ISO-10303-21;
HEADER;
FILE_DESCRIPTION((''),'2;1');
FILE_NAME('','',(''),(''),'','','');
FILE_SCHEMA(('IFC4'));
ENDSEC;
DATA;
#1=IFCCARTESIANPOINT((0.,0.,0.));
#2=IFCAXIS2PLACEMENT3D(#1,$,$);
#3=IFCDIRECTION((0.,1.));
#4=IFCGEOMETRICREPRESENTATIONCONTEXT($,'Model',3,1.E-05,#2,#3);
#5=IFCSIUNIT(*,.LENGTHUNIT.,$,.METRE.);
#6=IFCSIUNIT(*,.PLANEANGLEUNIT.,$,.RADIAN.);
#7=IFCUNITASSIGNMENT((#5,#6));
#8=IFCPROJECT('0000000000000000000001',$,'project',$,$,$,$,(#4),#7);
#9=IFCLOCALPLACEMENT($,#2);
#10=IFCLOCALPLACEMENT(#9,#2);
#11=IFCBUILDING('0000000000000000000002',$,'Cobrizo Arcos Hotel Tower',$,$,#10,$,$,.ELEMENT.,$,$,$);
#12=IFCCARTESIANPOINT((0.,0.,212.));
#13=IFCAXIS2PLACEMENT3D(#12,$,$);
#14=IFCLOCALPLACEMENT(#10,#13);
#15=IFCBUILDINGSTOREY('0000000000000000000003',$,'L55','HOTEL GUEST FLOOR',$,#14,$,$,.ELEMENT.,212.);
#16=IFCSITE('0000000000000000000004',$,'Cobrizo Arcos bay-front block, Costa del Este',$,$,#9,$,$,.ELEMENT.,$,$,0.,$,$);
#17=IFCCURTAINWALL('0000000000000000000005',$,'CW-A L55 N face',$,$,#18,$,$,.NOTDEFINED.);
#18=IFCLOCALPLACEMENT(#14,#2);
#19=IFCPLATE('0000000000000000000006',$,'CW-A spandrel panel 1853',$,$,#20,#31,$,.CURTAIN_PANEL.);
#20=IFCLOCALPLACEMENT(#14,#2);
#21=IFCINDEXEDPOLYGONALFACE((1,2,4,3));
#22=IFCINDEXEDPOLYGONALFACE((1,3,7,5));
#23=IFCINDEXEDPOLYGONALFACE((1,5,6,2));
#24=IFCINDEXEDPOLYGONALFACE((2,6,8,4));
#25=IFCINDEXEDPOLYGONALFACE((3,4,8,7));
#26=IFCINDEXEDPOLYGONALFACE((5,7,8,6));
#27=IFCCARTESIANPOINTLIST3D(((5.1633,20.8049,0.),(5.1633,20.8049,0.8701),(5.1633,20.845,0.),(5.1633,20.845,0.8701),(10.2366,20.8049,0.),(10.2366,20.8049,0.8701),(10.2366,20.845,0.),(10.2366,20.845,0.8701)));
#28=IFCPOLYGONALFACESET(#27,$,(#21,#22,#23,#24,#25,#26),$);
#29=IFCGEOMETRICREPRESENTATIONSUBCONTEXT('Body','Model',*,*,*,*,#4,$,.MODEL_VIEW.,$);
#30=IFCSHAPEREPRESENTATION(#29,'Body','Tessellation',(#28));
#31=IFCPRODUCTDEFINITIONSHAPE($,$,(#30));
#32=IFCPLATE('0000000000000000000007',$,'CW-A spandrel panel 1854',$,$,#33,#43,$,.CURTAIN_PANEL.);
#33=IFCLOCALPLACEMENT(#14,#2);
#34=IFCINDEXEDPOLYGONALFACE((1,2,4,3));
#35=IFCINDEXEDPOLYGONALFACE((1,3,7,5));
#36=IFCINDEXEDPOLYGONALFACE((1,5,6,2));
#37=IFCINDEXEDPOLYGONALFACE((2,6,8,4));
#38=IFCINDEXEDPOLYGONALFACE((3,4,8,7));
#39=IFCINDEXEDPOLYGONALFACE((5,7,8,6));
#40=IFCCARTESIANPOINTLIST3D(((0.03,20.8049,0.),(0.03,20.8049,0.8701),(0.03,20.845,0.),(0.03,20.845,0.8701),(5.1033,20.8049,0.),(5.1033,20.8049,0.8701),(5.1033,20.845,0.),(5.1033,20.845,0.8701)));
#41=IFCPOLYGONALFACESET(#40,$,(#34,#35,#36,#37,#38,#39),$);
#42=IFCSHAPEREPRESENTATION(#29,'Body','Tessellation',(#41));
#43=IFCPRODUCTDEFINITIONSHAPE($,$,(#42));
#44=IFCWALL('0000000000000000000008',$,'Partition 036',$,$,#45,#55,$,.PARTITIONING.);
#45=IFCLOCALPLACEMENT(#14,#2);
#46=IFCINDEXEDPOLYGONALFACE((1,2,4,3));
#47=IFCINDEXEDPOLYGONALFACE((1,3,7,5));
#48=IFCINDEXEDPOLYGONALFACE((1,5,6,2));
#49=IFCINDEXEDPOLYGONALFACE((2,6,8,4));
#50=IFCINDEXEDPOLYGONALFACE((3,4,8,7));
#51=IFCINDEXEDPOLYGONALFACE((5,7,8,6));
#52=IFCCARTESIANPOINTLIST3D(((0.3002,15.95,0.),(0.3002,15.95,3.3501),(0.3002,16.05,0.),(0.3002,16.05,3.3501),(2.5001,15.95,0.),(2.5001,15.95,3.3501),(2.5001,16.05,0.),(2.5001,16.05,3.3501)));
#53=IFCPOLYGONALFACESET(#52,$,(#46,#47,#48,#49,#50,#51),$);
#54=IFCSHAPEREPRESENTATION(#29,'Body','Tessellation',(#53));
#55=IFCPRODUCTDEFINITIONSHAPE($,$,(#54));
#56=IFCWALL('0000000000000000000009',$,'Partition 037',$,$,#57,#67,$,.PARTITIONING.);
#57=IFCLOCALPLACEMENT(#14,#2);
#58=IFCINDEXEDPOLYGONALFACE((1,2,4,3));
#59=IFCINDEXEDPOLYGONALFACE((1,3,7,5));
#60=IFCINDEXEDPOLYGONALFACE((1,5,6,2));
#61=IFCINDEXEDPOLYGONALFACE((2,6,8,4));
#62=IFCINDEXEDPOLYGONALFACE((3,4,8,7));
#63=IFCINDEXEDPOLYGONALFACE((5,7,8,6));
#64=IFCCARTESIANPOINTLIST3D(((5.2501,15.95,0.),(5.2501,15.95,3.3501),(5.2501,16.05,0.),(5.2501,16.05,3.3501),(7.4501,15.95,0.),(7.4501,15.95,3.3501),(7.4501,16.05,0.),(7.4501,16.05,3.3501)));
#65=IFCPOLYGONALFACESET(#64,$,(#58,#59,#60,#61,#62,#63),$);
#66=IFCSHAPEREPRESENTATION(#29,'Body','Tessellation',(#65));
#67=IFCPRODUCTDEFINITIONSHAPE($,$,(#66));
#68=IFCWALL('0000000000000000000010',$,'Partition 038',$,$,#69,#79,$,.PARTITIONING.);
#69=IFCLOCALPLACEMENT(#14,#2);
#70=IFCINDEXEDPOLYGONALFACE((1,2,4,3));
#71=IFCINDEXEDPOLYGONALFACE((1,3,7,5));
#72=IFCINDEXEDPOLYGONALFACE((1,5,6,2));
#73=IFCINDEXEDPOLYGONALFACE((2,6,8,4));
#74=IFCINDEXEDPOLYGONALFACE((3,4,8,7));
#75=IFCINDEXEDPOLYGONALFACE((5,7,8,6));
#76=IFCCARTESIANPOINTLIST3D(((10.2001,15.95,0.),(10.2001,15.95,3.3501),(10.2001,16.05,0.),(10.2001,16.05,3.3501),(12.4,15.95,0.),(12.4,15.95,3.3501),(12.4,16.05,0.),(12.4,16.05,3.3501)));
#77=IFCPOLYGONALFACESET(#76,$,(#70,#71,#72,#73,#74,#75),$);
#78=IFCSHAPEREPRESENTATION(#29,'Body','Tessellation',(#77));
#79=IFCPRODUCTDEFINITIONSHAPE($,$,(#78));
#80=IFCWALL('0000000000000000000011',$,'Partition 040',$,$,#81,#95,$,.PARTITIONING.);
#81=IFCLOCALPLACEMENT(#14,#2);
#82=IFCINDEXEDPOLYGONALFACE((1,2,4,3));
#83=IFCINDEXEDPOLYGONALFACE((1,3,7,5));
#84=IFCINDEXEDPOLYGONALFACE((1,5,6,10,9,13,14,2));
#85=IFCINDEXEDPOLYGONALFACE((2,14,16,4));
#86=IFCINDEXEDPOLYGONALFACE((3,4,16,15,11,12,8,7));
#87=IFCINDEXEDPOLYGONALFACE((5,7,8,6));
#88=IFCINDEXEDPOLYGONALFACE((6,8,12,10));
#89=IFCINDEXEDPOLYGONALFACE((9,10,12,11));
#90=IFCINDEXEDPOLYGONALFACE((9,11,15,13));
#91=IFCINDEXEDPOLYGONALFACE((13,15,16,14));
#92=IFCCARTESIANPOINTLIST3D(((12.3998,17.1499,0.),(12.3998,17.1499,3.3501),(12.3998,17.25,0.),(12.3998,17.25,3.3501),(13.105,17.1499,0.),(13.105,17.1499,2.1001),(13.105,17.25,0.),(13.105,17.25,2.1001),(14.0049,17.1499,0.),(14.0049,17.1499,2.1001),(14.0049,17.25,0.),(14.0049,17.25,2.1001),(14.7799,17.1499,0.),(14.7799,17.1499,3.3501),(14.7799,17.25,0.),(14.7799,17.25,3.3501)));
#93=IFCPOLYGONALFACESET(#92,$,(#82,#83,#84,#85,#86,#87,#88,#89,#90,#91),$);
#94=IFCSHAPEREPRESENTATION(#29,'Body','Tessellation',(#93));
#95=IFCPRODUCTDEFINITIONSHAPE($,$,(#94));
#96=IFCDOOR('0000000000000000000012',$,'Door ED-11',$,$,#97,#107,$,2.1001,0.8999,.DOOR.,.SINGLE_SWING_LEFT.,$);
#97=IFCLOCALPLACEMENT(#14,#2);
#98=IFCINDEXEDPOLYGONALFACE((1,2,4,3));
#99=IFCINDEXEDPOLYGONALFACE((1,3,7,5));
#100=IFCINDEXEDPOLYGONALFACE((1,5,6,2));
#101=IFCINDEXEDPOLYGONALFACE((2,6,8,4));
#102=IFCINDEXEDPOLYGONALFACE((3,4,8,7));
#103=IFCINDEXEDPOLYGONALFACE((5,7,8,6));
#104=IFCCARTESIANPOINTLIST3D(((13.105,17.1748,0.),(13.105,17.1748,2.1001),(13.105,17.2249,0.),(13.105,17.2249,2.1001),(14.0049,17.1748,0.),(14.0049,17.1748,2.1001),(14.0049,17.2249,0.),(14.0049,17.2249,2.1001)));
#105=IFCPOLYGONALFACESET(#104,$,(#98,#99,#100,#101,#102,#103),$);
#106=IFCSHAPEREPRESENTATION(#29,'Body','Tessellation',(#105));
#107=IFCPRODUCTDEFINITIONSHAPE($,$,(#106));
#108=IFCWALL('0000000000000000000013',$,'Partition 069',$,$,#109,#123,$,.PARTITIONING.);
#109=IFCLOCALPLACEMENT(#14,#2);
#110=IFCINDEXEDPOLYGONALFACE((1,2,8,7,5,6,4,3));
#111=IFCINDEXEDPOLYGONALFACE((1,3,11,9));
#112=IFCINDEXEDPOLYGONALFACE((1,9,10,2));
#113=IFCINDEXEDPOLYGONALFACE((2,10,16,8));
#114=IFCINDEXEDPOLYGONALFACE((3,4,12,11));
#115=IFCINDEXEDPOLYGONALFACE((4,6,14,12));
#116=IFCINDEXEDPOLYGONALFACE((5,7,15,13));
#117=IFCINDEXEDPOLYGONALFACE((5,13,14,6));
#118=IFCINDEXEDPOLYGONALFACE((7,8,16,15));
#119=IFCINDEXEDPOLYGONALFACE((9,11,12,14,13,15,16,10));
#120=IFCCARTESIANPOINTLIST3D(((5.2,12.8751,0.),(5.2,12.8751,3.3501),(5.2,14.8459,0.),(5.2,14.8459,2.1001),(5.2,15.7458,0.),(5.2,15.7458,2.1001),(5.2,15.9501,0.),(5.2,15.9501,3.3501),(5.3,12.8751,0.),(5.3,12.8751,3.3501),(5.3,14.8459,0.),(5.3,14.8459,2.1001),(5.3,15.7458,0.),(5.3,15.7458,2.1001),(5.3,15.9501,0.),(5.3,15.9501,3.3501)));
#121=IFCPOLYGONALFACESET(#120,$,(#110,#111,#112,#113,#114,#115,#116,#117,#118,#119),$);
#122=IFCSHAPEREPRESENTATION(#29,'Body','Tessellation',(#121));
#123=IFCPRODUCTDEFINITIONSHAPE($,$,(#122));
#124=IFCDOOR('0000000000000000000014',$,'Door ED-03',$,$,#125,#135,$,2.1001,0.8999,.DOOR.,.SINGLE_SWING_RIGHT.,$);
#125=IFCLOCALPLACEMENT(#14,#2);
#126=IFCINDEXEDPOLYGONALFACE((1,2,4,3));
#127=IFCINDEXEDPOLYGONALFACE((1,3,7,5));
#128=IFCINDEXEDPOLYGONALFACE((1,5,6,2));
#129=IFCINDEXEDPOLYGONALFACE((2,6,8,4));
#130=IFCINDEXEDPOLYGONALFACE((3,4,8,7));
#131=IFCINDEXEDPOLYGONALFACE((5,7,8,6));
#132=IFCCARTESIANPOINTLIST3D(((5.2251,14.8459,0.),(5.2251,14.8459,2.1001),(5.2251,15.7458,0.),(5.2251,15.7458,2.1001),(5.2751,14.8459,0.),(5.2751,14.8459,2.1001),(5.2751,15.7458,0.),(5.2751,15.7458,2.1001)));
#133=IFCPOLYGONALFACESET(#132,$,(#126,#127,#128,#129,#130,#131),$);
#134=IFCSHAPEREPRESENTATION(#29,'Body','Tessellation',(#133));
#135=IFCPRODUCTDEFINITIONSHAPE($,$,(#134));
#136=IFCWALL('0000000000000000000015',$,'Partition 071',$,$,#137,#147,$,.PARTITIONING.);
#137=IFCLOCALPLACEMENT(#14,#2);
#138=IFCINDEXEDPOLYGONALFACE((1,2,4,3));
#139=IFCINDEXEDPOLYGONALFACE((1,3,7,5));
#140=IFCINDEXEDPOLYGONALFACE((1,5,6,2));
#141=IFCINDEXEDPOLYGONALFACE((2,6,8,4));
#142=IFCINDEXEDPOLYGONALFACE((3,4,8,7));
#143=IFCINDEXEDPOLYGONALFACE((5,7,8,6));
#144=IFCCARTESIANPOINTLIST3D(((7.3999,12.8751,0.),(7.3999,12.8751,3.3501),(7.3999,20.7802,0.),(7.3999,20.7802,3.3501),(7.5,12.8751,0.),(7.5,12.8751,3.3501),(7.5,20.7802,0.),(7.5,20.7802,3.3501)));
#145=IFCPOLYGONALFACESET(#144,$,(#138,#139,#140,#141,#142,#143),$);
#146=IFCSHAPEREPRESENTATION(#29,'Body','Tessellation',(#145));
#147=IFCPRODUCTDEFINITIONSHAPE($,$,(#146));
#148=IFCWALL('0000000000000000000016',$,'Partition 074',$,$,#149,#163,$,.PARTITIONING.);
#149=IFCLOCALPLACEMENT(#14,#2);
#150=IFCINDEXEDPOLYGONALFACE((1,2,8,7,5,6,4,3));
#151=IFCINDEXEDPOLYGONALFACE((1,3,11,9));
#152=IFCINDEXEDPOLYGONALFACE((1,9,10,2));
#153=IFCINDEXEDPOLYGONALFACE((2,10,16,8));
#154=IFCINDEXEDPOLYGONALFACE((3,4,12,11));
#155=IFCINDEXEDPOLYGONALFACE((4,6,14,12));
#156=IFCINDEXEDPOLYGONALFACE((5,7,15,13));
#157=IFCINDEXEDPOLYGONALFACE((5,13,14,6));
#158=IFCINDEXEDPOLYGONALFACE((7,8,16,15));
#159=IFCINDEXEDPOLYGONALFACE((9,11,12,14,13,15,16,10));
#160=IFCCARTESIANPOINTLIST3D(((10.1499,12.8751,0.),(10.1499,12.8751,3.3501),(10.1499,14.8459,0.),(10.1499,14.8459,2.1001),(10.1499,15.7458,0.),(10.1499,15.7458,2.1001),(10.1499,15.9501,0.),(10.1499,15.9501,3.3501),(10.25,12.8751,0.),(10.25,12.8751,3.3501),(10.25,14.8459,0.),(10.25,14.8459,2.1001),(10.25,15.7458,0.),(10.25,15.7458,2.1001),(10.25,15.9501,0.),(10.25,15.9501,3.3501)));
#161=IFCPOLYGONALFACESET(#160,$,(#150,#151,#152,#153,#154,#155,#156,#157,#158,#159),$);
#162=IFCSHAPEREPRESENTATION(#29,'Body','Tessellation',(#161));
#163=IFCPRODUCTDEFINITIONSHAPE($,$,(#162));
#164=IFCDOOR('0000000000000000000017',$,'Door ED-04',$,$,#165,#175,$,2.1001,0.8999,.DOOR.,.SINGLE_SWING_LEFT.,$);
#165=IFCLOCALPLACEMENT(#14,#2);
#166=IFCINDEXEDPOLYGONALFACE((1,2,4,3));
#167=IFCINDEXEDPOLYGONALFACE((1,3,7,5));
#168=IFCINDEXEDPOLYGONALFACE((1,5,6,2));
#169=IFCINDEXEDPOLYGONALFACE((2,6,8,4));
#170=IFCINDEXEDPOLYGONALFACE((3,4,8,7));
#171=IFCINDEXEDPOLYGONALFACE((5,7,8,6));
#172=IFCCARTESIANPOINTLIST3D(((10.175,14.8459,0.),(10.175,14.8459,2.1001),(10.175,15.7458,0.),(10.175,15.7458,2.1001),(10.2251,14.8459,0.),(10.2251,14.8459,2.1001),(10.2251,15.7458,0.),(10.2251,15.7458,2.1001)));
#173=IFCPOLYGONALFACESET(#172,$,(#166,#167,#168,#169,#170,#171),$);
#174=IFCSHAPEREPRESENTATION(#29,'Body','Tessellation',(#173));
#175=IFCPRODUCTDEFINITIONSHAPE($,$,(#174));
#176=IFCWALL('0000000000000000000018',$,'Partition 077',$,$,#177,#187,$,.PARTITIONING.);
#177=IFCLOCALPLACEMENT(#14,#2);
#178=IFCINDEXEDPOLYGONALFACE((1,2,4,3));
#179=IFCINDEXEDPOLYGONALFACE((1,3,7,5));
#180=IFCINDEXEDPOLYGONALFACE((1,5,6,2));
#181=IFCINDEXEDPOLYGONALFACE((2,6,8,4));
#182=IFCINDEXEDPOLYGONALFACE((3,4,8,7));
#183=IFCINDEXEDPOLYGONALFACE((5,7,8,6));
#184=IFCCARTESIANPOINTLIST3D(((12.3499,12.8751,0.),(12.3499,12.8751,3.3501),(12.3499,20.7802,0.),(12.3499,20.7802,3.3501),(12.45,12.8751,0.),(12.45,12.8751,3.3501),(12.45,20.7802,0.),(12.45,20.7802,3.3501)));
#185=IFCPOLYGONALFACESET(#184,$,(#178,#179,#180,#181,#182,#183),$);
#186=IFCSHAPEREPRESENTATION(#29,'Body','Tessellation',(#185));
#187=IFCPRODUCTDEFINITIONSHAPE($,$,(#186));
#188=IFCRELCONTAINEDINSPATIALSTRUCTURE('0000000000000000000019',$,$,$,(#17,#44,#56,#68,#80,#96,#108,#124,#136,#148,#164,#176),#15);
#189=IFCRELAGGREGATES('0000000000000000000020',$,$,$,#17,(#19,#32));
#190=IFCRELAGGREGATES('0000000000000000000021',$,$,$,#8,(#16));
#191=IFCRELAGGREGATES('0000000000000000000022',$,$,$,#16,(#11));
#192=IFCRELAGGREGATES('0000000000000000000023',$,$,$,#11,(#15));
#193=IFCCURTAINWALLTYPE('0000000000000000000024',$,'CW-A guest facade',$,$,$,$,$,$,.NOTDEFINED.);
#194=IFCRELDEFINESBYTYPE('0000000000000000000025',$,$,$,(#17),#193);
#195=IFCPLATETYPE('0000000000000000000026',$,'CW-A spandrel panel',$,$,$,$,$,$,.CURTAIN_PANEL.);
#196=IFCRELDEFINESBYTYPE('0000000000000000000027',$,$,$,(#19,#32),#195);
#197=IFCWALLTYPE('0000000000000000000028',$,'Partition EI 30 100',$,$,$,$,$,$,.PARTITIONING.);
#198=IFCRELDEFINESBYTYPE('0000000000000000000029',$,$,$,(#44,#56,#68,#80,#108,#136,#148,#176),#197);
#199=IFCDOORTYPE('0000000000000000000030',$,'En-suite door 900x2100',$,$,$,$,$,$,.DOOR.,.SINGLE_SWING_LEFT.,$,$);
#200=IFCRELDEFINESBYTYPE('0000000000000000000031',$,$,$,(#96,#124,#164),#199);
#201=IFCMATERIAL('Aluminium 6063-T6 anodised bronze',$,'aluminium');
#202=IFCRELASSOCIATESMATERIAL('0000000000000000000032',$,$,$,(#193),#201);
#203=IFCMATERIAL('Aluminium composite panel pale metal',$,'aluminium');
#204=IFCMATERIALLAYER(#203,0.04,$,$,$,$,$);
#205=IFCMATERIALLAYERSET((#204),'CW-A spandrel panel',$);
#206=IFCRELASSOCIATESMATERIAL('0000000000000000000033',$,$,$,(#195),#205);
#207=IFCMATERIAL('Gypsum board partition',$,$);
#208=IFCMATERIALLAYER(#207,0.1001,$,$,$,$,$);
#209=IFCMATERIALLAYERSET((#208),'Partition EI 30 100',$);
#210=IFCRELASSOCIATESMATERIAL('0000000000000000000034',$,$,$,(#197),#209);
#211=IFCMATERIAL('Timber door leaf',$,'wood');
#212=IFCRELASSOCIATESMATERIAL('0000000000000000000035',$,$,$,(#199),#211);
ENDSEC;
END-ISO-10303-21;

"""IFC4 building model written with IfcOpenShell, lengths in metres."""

from ifc_helpers import new_model, si_unit, direction, frame, frame_2d, origin, origin_2d, place, context, subcontext, project, spatial, rectangle, extrude, material, layer, layer_set, type_object, element, fill, aggregate, save


model = new_model("IFC4")

# Units and contexts
model_context = context("Model", 3, precision=1e-05, world=origin(), true_north=direction((0.0, 1.0)))
body_context = subcontext(model_context, "Body", "Model", "MODEL_VIEW")
ifc_project = project(units=[si_unit("LENGTHUNIT", "METRE"), si_unit("PLANEANGLEUNIT", "RADIAN")], contexts=[model_context])

# Site, building, storey
site_placement = place(None, origin())
site = spatial("IfcSite", under=ifc_project, at=site_placement, Name="Cobrizo Arcos bay-front block, Costa del Este", CompositionType="ELEMENT", RefElevation=0.0)
building_placement = place(site_placement, origin())
building = spatial("IfcBuilding", under=site, at=building_placement, Name="Cobrizo Arcos Hotel Tower", CompositionType="ELEMENT")
storey_placement = place(building_placement, frame((0.0, 0.0, 212.0)))
storey = spatial("IfcBuildingStorey", under=building, at=storey_placement, Name="L55", Description="HOTEL GUEST FLOOR", CompositionType="ELEMENT", Elevation=212.0)

# Curtain wall
ifc_material_1 = material(Name="Aluminium 6063-T6 anodised bronze", Category="aluminium")
curtain_wall_type = type_object("IfcCurtainWallType", Name="CW-A guest facade", PredefinedType="NOTDEFINED", material=ifc_material_1)
curtain_wall_placement = place(storey_placement, origin())
curtain_wall = element("IfcCurtainWall", 1, at=curtain_wall_placement, inside=storey, type_object=curtain_wall_type, Name="CW-A L55 N face", PredefinedType="NOTDEFINED")

# Plates
ifc_material_2 = material(Name="Aluminium composite panel pale metal", Category="aluminium")
ifc_layer_1 = layer(ifc_material_2, 0.04)
ifc_layer_set_1 = layer_set([ifc_layer_1], Name="CW-A spandrel panel")
plate_type_1 = type_object("IfcPlateType", Name="CW-A spandrel panel", PredefinedType="CURTAIN_PANEL", material=ifc_layer_set_1)
plate_1_placement = place(storey_placement, frame((7.7, 20.825, 0.0), z_axis=(0.0, 0.0, 1.0), x_axis=(-1.0, 0.0, 0.0)))
plate_1 = element("IfcPlate", 2, at=plate_1_placement, type_object=plate_type_1, Name="CW-A spandrel panel 1853", PredefinedType="CURTAIN_PANEL", context=body_context, shape_type="SweptSolid", body=[
    extrude(rectangle(XDim=5.0732, YDim=0.04, at=origin_2d()), origin(), (0.0, 0.0, 1.0), 0.8701),
])
plate_2_placement = place(storey_placement, frame((2.5667, 20.825, 0.0), z_axis=(0.0, 0.0, 1.0), x_axis=(-1.0, 0.0, 0.0)))
plate_2 = element("IfcPlate", 3, at=plate_2_placement, type_object=plate_type_1, Name="CW-A spandrel panel 1854", PredefinedType="CURTAIN_PANEL", context=body_context, shape_type="SweptSolid", body=[
    extrude(rectangle(XDim=5.0732, YDim=0.04, at=origin_2d()), origin(), (0.0, 0.0, 1.0), 0.8701),
])
aggregate(curtain_wall, [plate_1, plate_2])

# Walls
ifc_material_3 = material(Name="Gypsum board partition")
ifc_layer_2 = layer(ifc_material_3, 0.1001)
ifc_layer_set_2 = layer_set([ifc_layer_2], Name="Partition EI 30 100")
wall_type = type_object("IfcWallType", Name="Partition EI 30 100", PredefinedType="PARTITIONING", material=ifc_layer_set_2)
for number, where, z_axis, x_axis, name in (
    (4, (0.3, 16.0, 0.0), (0.0, 0.0, 1.0), (1.0, 0.0, 0.0), "Partition 036"),
    (5, (5.25, 16.0, 0.0), (0.0, 0.0, 1.0), (1.0, 0.0, 0.0), "Partition 037"),
    (6, (10.2, 16.0, 0.0), (0.0, 0.0, 1.0), (1.0, 0.0, 0.0), "Partition 038"),
):
    element("IfcWall", number, at=place(storey_placement, frame(where, z_axis=z_axis, x_axis=x_axis)), inside=storey, type_object=wall_type, Name=name, PredefinedType="PARTITIONING", context=body_context, shape_type="SweptSolid", body=[
        extrude(rectangle(XDim=2.2, YDim=0.1001, at=frame_2d((1.1001, 0.0))), origin(), (0.0, 0.0, 1.0), 3.3501),
    ])

# Walls, openings, doors
wall_1_placement = place(storey_placement, frame((12.3999, 17.2, 0.0), z_axis=(0.0, 0.0, 1.0), x_axis=(1.0, 0.0, 0.0)))
wall_1 = element("IfcWall", 7, at=wall_1_placement, inside=storey, type_object=wall_type, Name="Partition 040", PredefinedType="PARTITIONING", context=body_context, shape_type="SweptSolid", body=[
    extrude(rectangle(XDim=2.3801, YDim=0.1001, at=frame_2d((1.1899, 0.0))), origin(), (0.0, 0.0, 1.0), 3.3501),
])
opening_1_placement = place(wall_1_placement, frame((0.7051, 0.0, 0.0)))
opening_1 = element("IfcOpeningElement", 8, at=opening_1_placement, cuts=wall_1, PredefinedType="OPENING", context=body_context, shape_type="SweptSolid", body=[
    extrude(rectangle(XDim=0.8999, YDim=2.1001, at=frame_2d((0.45, 1.05))), frame((0.0, 0.062, 0.0), z_axis=(0.0, -1.0, 0.0), x_axis=(1.0, 0.0, 0.0)), (0.0, 0.0, 1.0), 0.124),
])
ifc_material_4 = material(Name="Timber door leaf", Category="wood")
door_type = type_object("IfcDoorType", Name="En-suite door 900x2100", OperationType="SINGLE_SWING_LEFT", PredefinedType="DOOR", material=ifc_material_4)
door_1_placement = place(opening_1_placement, origin())
door_1 = element("IfcDoor", 9, at=door_1_placement, inside=storey, type_object=door_type, Name="Door ED-11", OperationType="SINGLE_SWING_LEFT", OverallHeight=2.1001, OverallWidth=0.8999, PredefinedType="DOOR", context=body_context, shape_type="SweptSolid", body=[
    extrude(rectangle(XDim=0.8999, YDim=2.1001, at=frame_2d((0.45, 1.05))), frame((0.0, 0.0249, 0.0), z_axis=(0.0, -1.0, 0.0), x_axis=(1.0, 0.0, 0.0)), (0.0, 0.0, 1.0), 0.05),
])
fill(opening_1, door_1)
wall_2_placement = place(storey_placement, frame((5.25, 12.875, 0.0), z_axis=(0.0, 0.0, 1.0), x_axis=(0.0, 1.0, 0.0)))
wall_2 = element("IfcWall", 10, at=wall_2_placement, inside=storey, type_object=wall_type, Name="Partition 069", PredefinedType="PARTITIONING", context=body_context, shape_type="SweptSolid", body=[
    extrude(rectangle(XDim=3.075, YDim=0.1001, at=frame_2d((1.5376, 0.0))), origin(), (0.0, 0.0, 1.0), 3.3501),
])
opening_2_placement = place(wall_2_placement, frame((1.9709, 0.0, 0.0)))
opening_2 = element("IfcOpeningElement", 11, at=opening_2_placement, cuts=wall_2, PredefinedType="OPENING", context=body_context, shape_type="SweptSolid", body=[
    extrude(rectangle(XDim=0.8999, YDim=2.1001, at=frame_2d((0.45, 1.05))), frame((0.0, 0.062, 0.0), z_axis=(0.0, -1.0, 0.0), x_axis=(1.0, 0.0, 0.0)), (0.0, 0.0, 1.0), 0.124),
])
door_2_placement = place(opening_2_placement, origin())
door_2 = element("IfcDoor", 12, at=door_2_placement, inside=storey, type_object=door_type, Name="Door ED-03", OperationType="SINGLE_SWING_RIGHT", OverallHeight=2.1001, OverallWidth=0.8999, PredefinedType="DOOR", context=body_context, shape_type="SweptSolid", body=[
    extrude(rectangle(XDim=0.8999, YDim=2.1001, at=frame_2d((0.45, 1.05))), frame((0.0, 0.0249, 0.0), z_axis=(0.0, -1.0, 0.0), x_axis=(1.0, 0.0, 0.0)), (0.0, 0.0, 1.0), 0.05),
])
fill(opening_2, door_2)

# Wall
wall_3_placement = place(storey_placement, frame((7.45, 12.875, 0.0), z_axis=(0.0, 0.0, 1.0), x_axis=(0.0, 1.0, 0.0)))
element("IfcWall", 13, at=wall_3_placement, inside=storey, type_object=wall_type, Name="Partition 071", PredefinedType="PARTITIONING", context=body_context, shape_type="SweptSolid", body=[
    extrude(rectangle(XDim=7.905, YDim=0.1001, at=frame_2d((3.9526, 0.0))), origin(), (0.0, 0.0, 1.0), 3.3501),
])

# Wall, opening, door
wall_4_placement = place(storey_placement, frame((10.2, 12.875, 0.0), z_axis=(0.0, 0.0, 1.0), x_axis=(0.0, 1.0, 0.0)))
wall_4 = element("IfcWall", 14, at=wall_4_placement, inside=storey, type_object=wall_type, Name="Partition 074", PredefinedType="PARTITIONING", context=body_context, shape_type="SweptSolid", body=[
    extrude(rectangle(XDim=3.075, YDim=0.1001, at=frame_2d((1.5376, 0.0))), origin(), (0.0, 0.0, 1.0), 3.3501),
])
opening_3_placement = place(wall_4_placement, frame((1.9709, 0.0, 0.0)))
opening_3 = element("IfcOpeningElement", 15, at=opening_3_placement, cuts=wall_4, PredefinedType="OPENING", context=body_context, shape_type="SweptSolid", body=[
    extrude(rectangle(XDim=0.8999, YDim=2.1001, at=frame_2d((0.45, 1.05))), frame((0.0, 0.062, 0.0), z_axis=(0.0, -1.0, 0.0), x_axis=(1.0, 0.0, 0.0)), (0.0, 0.0, 1.0), 0.124),
])
door_3_placement = place(opening_3_placement, origin())
door_3 = element("IfcDoor", 16, at=door_3_placement, inside=storey, type_object=door_type, Name="Door ED-04", OperationType="SINGLE_SWING_LEFT", OverallHeight=2.1001, OverallWidth=0.8999, PredefinedType="DOOR", context=body_context, shape_type="SweptSolid", body=[
    extrude(rectangle(XDim=0.8999, YDim=2.1001, at=frame_2d((0.45, 1.05))), frame((0.0, 0.0249, 0.0), z_axis=(0.0, -1.0, 0.0), x_axis=(1.0, 0.0, 0.0)), (0.0, 0.0, 1.0), 0.05),
])
fill(opening_3, door_3)

# Wall
wall_5_placement = place(storey_placement, frame((12.3999, 12.875, 0.0), z_axis=(0.0, 0.0, 1.0), x_axis=(0.0, 1.0, 0.0)))
element("IfcWall", 17, at=wall_5_placement, inside=storey, type_object=wall_type, Name="Partition 077", PredefinedType="PARTITIONING", context=body_context, shape_type="SweptSolid", body=[
    extrude(rectangle(XDim=7.905, YDim=0.1001, at=frame_2d((3.9526, 0.0))), origin(), (0.0, 0.0, 1.0), 3.3501),
])

save(model, "model.ifc")
